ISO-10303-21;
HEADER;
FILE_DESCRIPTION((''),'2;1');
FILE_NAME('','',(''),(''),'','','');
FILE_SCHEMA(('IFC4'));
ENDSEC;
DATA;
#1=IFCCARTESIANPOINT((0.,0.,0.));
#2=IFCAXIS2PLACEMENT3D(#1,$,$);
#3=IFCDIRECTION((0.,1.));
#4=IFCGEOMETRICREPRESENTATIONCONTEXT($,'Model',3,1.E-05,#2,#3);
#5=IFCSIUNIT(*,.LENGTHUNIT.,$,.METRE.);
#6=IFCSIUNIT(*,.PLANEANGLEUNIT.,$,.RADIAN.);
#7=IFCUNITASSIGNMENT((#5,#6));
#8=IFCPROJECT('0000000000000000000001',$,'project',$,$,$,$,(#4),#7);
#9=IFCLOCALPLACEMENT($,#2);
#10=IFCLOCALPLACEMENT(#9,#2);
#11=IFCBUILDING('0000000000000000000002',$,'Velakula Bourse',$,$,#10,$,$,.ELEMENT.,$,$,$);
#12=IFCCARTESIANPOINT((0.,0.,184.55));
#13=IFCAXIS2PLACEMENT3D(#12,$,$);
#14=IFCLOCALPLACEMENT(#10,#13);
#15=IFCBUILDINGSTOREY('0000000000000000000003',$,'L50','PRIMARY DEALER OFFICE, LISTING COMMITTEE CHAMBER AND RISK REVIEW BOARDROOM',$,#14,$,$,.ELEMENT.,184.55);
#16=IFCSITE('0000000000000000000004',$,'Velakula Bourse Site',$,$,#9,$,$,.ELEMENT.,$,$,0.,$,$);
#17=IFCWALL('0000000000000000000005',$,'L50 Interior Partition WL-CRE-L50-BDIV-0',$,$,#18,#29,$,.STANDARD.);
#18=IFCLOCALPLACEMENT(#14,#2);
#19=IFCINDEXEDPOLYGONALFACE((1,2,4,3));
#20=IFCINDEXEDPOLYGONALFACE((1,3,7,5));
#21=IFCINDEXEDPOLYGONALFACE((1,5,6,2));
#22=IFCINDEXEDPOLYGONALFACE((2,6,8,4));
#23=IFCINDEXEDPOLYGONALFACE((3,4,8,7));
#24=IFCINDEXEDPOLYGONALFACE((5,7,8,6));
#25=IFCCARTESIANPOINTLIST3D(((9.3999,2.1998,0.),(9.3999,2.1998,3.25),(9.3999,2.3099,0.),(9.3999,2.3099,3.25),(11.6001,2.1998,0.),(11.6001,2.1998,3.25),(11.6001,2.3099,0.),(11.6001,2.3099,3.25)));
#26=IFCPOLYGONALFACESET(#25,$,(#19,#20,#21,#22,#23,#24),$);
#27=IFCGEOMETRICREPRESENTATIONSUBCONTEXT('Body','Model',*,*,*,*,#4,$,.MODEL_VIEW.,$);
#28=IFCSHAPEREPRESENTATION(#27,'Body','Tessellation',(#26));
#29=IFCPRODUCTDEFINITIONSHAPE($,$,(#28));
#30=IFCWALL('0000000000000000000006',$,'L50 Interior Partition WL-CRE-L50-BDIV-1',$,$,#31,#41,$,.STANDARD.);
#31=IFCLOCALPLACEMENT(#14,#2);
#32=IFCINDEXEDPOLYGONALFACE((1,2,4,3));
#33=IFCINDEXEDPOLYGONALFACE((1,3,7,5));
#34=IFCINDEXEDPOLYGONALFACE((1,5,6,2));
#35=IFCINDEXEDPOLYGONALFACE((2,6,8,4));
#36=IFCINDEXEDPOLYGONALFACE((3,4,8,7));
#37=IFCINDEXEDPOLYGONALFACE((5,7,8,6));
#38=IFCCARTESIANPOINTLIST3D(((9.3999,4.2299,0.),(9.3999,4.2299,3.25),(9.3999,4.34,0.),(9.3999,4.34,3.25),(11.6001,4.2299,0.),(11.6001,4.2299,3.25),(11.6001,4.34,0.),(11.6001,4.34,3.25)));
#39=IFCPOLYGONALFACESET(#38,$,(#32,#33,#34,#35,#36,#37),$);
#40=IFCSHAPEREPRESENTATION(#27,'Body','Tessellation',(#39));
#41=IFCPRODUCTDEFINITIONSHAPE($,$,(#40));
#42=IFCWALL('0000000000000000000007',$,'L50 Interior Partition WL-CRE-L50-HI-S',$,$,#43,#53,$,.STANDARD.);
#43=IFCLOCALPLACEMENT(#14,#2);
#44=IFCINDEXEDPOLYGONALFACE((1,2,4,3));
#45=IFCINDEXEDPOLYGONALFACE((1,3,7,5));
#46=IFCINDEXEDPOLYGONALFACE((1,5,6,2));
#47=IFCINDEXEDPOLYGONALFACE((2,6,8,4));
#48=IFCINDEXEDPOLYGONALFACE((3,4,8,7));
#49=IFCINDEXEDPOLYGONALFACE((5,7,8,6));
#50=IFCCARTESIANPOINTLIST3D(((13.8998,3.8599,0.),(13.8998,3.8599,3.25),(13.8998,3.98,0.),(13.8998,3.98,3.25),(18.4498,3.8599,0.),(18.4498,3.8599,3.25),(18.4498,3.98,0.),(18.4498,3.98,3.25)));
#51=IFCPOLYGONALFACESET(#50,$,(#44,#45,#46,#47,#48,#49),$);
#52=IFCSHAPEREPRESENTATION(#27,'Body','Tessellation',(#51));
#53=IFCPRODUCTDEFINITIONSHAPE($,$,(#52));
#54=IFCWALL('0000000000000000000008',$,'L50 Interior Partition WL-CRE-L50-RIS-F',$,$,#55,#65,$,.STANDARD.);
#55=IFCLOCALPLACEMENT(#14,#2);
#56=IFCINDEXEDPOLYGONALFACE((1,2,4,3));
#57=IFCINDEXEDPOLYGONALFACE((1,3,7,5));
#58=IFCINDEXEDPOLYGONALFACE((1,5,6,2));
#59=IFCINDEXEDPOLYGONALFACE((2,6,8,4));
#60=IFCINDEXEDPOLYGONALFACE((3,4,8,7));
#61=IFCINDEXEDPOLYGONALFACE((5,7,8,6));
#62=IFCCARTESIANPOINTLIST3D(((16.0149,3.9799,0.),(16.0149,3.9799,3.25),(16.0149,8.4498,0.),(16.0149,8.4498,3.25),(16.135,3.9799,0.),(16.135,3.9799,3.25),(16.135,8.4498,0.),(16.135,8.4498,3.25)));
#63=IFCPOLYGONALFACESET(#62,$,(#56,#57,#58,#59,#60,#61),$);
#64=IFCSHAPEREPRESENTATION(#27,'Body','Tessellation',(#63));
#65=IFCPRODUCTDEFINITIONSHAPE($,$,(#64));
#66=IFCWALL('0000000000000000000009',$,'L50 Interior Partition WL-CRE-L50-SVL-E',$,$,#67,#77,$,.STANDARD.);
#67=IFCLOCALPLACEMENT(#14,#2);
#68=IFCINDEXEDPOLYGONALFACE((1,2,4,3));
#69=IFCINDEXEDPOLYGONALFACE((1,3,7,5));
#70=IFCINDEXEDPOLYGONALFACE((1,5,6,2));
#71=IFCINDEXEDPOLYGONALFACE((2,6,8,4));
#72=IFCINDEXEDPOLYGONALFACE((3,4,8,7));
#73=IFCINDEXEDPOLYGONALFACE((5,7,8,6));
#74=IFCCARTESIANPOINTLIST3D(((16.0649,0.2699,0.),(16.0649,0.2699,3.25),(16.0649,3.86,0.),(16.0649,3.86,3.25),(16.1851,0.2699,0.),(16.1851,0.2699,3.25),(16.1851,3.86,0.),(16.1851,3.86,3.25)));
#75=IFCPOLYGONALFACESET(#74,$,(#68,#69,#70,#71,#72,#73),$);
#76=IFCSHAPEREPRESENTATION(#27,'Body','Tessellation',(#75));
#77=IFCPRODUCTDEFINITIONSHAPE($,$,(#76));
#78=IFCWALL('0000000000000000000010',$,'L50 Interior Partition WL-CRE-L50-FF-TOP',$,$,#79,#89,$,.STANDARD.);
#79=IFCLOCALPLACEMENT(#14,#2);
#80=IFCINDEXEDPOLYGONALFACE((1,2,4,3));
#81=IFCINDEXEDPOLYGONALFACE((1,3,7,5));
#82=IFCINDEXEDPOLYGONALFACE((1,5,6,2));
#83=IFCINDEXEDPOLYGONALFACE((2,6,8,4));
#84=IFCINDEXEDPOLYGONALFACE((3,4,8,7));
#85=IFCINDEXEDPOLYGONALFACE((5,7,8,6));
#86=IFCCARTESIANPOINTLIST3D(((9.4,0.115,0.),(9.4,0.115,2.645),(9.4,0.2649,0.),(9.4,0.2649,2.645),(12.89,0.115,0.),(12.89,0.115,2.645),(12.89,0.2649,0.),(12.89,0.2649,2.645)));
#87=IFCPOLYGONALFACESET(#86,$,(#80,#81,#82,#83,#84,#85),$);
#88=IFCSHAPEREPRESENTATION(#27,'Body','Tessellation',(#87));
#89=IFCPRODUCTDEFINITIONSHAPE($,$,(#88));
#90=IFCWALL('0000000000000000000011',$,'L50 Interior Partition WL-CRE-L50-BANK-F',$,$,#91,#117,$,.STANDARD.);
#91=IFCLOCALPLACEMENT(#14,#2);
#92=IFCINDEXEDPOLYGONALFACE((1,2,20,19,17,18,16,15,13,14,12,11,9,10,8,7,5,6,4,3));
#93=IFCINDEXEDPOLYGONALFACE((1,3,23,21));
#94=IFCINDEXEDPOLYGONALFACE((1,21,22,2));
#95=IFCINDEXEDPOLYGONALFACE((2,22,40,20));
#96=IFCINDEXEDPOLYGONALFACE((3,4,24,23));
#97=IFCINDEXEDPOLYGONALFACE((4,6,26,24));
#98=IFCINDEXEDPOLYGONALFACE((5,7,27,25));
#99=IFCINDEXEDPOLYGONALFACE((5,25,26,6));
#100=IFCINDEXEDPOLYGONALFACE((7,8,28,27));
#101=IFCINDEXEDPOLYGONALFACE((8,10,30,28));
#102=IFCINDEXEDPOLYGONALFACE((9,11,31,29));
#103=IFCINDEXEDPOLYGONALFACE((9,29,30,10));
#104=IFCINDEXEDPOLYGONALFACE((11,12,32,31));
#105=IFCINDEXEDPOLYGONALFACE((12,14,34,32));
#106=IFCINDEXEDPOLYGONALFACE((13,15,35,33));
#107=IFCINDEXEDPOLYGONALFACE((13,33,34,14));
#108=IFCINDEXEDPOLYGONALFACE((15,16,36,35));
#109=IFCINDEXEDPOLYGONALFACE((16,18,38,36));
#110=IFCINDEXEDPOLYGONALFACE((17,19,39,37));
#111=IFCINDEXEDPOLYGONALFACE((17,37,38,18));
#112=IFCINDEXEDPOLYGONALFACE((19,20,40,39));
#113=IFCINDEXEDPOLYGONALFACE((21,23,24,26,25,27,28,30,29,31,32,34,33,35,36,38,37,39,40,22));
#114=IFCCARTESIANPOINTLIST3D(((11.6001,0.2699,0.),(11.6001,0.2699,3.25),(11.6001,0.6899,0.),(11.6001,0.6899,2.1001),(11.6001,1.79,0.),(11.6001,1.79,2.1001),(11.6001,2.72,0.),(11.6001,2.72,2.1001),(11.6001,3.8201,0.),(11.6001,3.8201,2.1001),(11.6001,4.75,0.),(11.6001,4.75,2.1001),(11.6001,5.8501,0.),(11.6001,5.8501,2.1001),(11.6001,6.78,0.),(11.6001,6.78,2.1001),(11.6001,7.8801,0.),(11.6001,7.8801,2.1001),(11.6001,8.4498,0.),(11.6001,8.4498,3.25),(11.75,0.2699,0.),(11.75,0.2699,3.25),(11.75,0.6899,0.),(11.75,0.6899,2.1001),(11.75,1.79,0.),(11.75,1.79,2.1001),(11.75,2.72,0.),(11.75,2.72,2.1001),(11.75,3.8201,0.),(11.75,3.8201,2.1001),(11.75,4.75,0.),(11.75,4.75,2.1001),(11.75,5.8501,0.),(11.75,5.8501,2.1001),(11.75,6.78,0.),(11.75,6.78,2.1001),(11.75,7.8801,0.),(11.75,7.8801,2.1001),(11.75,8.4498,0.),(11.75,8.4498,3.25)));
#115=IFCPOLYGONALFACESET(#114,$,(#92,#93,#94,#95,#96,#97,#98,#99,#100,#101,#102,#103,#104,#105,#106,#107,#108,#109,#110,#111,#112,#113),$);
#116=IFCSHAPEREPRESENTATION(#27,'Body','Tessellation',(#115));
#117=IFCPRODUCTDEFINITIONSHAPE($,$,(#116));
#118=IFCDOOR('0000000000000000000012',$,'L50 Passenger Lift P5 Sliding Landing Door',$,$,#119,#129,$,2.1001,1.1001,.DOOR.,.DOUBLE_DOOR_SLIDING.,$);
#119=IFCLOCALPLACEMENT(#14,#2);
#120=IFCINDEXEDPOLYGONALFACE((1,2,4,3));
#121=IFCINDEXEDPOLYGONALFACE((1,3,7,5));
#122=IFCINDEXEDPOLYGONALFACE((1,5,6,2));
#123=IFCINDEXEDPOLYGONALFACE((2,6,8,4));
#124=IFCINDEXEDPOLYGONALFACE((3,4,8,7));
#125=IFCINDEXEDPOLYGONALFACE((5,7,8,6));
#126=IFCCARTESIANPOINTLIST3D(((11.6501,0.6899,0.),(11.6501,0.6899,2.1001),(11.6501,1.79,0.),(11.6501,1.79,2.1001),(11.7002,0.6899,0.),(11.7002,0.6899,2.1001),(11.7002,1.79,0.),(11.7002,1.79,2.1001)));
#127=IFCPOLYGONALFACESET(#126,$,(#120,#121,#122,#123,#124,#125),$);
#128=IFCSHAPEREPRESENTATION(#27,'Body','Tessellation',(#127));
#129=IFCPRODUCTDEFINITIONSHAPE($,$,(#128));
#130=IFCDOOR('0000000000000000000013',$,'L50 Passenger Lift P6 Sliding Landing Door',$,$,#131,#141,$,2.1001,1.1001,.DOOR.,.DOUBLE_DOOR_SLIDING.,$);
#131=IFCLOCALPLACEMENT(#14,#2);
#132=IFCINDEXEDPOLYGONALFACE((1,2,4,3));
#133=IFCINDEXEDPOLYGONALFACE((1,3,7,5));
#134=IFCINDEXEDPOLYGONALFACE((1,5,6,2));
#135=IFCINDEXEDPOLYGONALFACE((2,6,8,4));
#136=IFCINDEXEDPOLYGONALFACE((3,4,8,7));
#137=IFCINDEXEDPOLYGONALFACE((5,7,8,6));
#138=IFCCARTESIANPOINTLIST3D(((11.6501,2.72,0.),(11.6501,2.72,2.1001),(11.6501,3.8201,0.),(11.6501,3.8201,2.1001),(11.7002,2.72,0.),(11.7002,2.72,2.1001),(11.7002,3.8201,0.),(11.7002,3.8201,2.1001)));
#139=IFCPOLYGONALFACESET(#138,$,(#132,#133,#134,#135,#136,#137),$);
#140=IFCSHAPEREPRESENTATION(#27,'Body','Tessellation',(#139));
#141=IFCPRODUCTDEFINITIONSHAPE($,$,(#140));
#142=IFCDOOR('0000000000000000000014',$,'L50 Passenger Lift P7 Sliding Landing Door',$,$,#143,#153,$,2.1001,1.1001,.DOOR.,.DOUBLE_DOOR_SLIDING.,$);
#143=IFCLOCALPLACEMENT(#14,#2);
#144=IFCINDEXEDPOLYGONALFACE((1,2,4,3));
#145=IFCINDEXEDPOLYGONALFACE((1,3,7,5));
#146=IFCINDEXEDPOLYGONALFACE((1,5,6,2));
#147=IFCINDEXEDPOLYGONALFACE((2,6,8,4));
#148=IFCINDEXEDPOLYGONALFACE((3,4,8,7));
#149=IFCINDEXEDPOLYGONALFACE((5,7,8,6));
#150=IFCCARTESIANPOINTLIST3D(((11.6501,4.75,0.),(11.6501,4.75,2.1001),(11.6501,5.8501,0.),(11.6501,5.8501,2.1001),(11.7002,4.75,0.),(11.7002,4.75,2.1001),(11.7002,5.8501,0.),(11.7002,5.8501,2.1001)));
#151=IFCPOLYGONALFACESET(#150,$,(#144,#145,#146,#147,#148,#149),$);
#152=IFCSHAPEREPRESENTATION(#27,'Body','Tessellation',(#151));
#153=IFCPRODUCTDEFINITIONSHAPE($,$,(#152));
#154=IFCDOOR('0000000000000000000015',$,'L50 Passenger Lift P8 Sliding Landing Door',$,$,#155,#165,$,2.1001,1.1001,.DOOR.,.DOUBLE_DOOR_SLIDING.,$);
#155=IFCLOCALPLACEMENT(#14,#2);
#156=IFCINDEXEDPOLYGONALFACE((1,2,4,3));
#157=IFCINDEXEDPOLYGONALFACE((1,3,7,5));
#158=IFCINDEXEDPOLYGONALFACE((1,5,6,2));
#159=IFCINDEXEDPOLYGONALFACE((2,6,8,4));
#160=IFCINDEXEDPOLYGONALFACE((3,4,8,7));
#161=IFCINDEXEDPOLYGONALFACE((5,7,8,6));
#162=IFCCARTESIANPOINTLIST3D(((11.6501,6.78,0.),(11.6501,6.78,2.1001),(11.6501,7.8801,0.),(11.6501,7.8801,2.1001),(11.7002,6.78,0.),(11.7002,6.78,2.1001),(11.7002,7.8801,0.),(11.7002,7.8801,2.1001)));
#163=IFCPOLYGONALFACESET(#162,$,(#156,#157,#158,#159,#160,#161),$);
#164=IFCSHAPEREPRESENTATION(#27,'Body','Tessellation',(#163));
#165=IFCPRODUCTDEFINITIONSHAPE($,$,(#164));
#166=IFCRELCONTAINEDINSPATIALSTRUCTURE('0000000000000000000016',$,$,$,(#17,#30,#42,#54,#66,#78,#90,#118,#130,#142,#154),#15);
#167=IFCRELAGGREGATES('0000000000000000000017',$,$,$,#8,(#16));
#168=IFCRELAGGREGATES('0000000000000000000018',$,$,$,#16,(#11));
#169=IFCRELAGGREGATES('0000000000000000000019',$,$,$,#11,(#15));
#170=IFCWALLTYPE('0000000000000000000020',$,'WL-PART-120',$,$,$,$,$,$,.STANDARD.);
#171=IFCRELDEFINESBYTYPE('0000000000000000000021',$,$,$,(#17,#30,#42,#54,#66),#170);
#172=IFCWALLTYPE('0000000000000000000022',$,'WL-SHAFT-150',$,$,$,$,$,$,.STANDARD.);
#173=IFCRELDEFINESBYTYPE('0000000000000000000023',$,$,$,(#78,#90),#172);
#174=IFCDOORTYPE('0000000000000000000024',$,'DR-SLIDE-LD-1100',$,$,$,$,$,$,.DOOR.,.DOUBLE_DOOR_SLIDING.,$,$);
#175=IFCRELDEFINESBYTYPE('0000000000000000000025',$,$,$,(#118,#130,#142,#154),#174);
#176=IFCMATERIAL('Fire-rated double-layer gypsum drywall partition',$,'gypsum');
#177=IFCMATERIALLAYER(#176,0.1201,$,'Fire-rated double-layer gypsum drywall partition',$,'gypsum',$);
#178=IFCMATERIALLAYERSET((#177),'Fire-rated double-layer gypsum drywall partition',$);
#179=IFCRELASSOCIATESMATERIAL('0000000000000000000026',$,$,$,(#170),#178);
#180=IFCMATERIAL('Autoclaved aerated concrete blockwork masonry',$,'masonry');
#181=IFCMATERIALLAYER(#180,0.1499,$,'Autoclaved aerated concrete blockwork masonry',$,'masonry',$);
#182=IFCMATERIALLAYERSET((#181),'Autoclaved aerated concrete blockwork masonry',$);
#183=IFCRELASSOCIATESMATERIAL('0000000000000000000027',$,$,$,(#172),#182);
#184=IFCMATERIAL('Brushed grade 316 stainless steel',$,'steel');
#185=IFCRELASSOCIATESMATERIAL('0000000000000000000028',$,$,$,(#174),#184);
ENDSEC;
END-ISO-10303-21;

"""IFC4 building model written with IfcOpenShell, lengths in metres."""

from ifc_helpers import new_model, si_unit, direction, frame, frame_2d, origin, place, context, subcontext, project, spatial, rectangle, extrude, material, layer, layer_set, type_object, element, fill, save


model = new_model("IFC4")

# Units and contexts
model_context = context("Model", 3, precision=1e-05, world=origin(), true_north=direction((0.0, 1.0)))
body_context = subcontext(model_context, "Body", "Model", "MODEL_VIEW")
ifc_project = project(units=[si_unit("LENGTHUNIT", "METRE"), si_unit("PLANEANGLEUNIT", "RADIAN")], contexts=[model_context])

# Site, building, storey
site_placement = place(None, origin())
site = spatial("IfcSite", under=ifc_project, at=site_placement, Name="Velakula Bourse Site", CompositionType="ELEMENT", RefElevation=0.0)
building_placement = place(site_placement, origin())
building = spatial("IfcBuilding", under=site, at=building_placement, Name="Velakula Bourse", CompositionType="ELEMENT")
storey_placement = place(building_placement, frame((0.0, 0.0, 184.55)))
storey = spatial("IfcBuildingStorey", under=building, at=storey_placement, Name="L50", Description="PRIMARY DEALER OFFICE, LISTING COMMITTEE CHAMBER AND RISK REVIEW BOARDROOM", CompositionType="ELEMENT", Elevation=184.55)

# Shared definitions
ifc_material_1 = material(Name="Fire-rated double-layer gypsum drywall partition", Category="gypsum")
ifc_layer_1 = layer(ifc_material_1, 0.1201, Name="Fire-rated double-layer gypsum drywall partition", Category="gypsum")
ifc_layer_set_1 = layer_set([ifc_layer_1], Name="Fire-rated double-layer gypsum drywall partition")
wall_type_1 = type_object("IfcWallType", Name="WL-PART-120", PredefinedType="STANDARD", material=ifc_layer_set_1)

# Walls
for number, where, z_axis, x_axis, name in (
    (1, (9.3999, 2.2549, 0.0), (0.0, 0.0, 1.0), (1.0, 0.0, 0.0), "L50 Interior Partition WL-CRE-L50-BDIV-0"),
    (2, (9.3999, 4.2849, 0.0), (0.0, 0.0, 1.0), (1.0, 0.0, 0.0), "L50 Interior Partition WL-CRE-L50-BDIV-1"),
):
    element("IfcWall", number, at=place(storey_placement, frame(where, z_axis=z_axis, x_axis=x_axis)), inside=storey, type_object=wall_type_1, Name=name, PredefinedType="STANDARD", context=body_context, shape_type="SweptSolid", body=[
        extrude(rectangle(XDim=2.2002, YDim=0.1101, at=frame_2d((1.1001, 0.0))), origin(), (0.0, 0.0, 1.0), 3.25),
    ])
wall_1_placement = place(storey_placement, frame((13.8999, 3.9199, 0.0), z_axis=(0.0, 0.0, 1.0), x_axis=(1.0, 0.0, 0.0)))
element("IfcWall", 3, at=wall_1_placement, inside=storey, type_object=wall_type_1, Name="L50 Interior Partition WL-CRE-L50-HI-S", PredefinedType="STANDARD", context=body_context, shape_type="SweptSolid", body=[
    extrude(rectangle(XDim=4.55, YDim=0.1201, at=frame_2d((2.2749, 0.0))), origin(), (0.0, 0.0, 1.0), 3.25),
])
wall_2_placement = place(storey_placement, frame((16.075, 3.98, 0.0), z_axis=(0.0, 0.0, 1.0), x_axis=(0.0, 1.0, 0.0)))
element("IfcWall", 4, at=wall_2_placement, inside=storey, type_object=wall_type_1, Name="L50 Interior Partition WL-CRE-L50-RIS-F", PredefinedType="STANDARD", context=body_context, shape_type="SweptSolid", body=[
    extrude(rectangle(XDim=4.47, YDim=0.1201, at=frame_2d((2.2349, 0.0))), origin(), (0.0, 0.0, 1.0), 3.25),
])
wall_3_placement = place(storey_placement, frame((16.125, 0.27, 0.0), z_axis=(0.0, 0.0, 1.0), x_axis=(0.0, 1.0, 0.0)))
element("IfcWall", 5, at=wall_3_placement, inside=storey, type_object=wall_type_1, Name="L50 Interior Partition WL-CRE-L50-SVL-E", PredefinedType="STANDARD", context=body_context, shape_type="SweptSolid", body=[
    extrude(rectangle(XDim=3.5901, YDim=0.1201, at=frame_2d((1.7949, 0.0))), origin(), (0.0, 0.0, 1.0), 3.25),
])
ifc_material_2 = material(Name="Autoclaved aerated concrete blockwork masonry", Category="masonry")
ifc_layer_2 = layer(ifc_material_2, 0.1499, Name="Autoclaved aerated concrete blockwork masonry", Category="masonry")
ifc_layer_set_2 = layer_set([ifc_layer_2], Name="Autoclaved aerated concrete blockwork masonry")
wall_type_2 = type_object("IfcWallType", Name="WL-SHAFT-150", PredefinedType="STANDARD", material=ifc_layer_set_2)
wall_4_placement = place(storey_placement, frame((9.3999, 0.1899, 0.0), z_axis=(0.0, 0.0, 1.0), x_axis=(1.0, 0.0, 0.0)))
element("IfcWall", 6, at=wall_4_placement, inside=storey, type_object=wall_type_2, Name="L50 Interior Partition WL-CRE-L50-FF-TOP", PredefinedType="STANDARD", context=body_context, shape_type="SweptSolid", body=[
    extrude(rectangle(XDim=3.49, YDim=0.1499, at=frame_2d((1.7451, 0.0))), origin(), (0.0, 0.0, 1.0), 2.645),
])

# Wall, openings, doors
wall_5_placement = place(storey_placement, frame((11.675, 0.27, 0.0), z_axis=(0.0, 0.0, 1.0), x_axis=(0.0, 1.0, 0.0)))
wall_5 = element("IfcWall", 7, at=wall_5_placement, inside=storey, type_object=wall_type_2, Name="L50 Interior Partition WL-CRE-L50-BANK-F", PredefinedType="STANDARD", context=body_context, shape_type="SweptSolid", body=[
    extrude(rectangle(XDim=8.1799, YDim=0.1499, at=frame_2d((4.0898, 0.0))), origin(), (0.0, 0.0, 1.0), 3.25),
])
opening_1_placement = place(wall_5_placement, frame((0.4199, 0.0, 0.0)))
opening_1 = element("IfcOpeningElement", 8, at=opening_1_placement, cuts=wall_5, PredefinedType="OPENING", context=body_context, shape_type="SweptSolid", body=[
    extrude(rectangle(XDim=1.1001, YDim=2.1001, at=frame_2d((0.55, 1.05))), frame((0.0, 0.085, 0.0), z_axis=(0.0, -1.0, 0.0), x_axis=(1.0, 0.0, 0.0)), (0.0, 0.0, 1.0), 0.1699),
])
opening_2_placement = place(wall_5_placement, frame((2.45, 0.0, 0.0)))
opening_2 = element("IfcOpeningElement", 9, at=opening_2_placement, cuts=wall_5, PredefinedType="OPENING", context=body_context, shape_type="SweptSolid", body=[
    extrude(rectangle(XDim=1.1001, YDim=2.1001, at=frame_2d((0.55, 1.05))), frame((0.0, 0.085, 0.0), z_axis=(0.0, -1.0, 0.0), x_axis=(1.0, 0.0, 0.0)), (0.0, 0.0, 1.0), 0.1699),
])
opening_3_placement = place(wall_5_placement, frame((4.48, 0.0, 0.0)))
opening_3 = element("IfcOpeningElement", 10, at=opening_3_placement, cuts=wall_5, PredefinedType="OPENING", context=body_context, shape_type="SweptSolid", body=[
    extrude(rectangle(XDim=1.1001, YDim=2.1001, at=frame_2d((0.55, 1.05))), frame((0.0, 0.085, 0.0), z_axis=(0.0, -1.0, 0.0), x_axis=(1.0, 0.0, 0.0)), (0.0, 0.0, 1.0), 0.1699),
])
opening_4_placement = place(wall_5_placement, frame((6.51, 0.0, 0.0)))
opening_4 = element("IfcOpeningElement", 11, at=opening_4_placement, cuts=wall_5, PredefinedType="OPENING", context=body_context, shape_type="SweptSolid", body=[
    extrude(rectangle(XDim=1.1001, YDim=2.1001, at=frame_2d((0.55, 1.05))), frame((0.0, 0.085, 0.0), z_axis=(0.0, -1.0, 0.0), x_axis=(1.0, 0.0, 0.0)), (0.0, 0.0, 1.0), 0.1699),
])
ifc_material_3 = material(Name="Brushed grade 316 stainless steel", Category="steel")
door_type_1 = type_object("IfcDoorType", Name="DR-SLIDE-LD-1100", OperationType="DOUBLE_DOOR_SLIDING", PredefinedType="DOOR", material=ifc_material_3)
door_1_placement = place(opening_1_placement, origin())
door_1 = element("IfcDoor", 12, at=door_1_placement, inside=storey, type_object=door_type_1, Name="L50 Passenger Lift P5 Sliding Landing Door", OperationType="DOUBLE_DOOR_SLIDING", OverallHeight=2.1001, OverallWidth=1.1001, PredefinedType="DOOR", context=body_context, shape_type="SweptSolid", body=[
    extrude(rectangle(XDim=1.1001, YDim=2.1001, at=frame_2d((0.55, 1.05))), frame((0.0, 0.0249, 0.0), z_axis=(0.0, -1.0, 0.0), x_axis=(1.0, 0.0, 0.0)), (0.0, 0.0, 1.0), 0.05),
])
fill(opening_1, door_1)
door_2_placement = place(opening_2_placement, origin())
door_2 = element("IfcDoor", 13, at=door_2_placement, inside=storey, type_object=door_type_1, Name="L50 Passenger Lift P6 Sliding Landing Door", OperationType="DOUBLE_DOOR_SLIDING", OverallHeight=2.1001, OverallWidth=1.1001, PredefinedType="DOOR", context=body_context, shape_type="SweptSolid", body=[
    extrude(rectangle(XDim=1.1001, YDim=2.1001, at=frame_2d((0.55, 1.05))), frame((0.0, 0.0249, 0.0), z_axis=(0.0, -1.0, 0.0), x_axis=(1.0, 0.0, 0.0)), (0.0, 0.0, 1.0), 0.05),
])
fill(opening_2, door_2)
door_3_placement = place(opening_3_placement, origin())
door_3 = element("IfcDoor", 14, at=door_3_placement, inside=storey, type_object=door_type_1, Name="L50 Passenger Lift P7 Sliding Landing Door", OperationType="DOUBLE_DOOR_SLIDING", OverallHeight=2.1001, OverallWidth=1.1001, PredefinedType="DOOR", context=body_context, shape_type="SweptSolid", body=[
    extrude(rectangle(XDim=1.1001, YDim=2.1001, at=frame_2d((0.55, 1.05))), frame((0.0, 0.0249, 0.0), z_axis=(0.0, -1.0, 0.0), x_axis=(1.0, 0.0, 0.0)), (0.0, 0.0, 1.0), 0.05),
])
fill(opening_3, door_3)
door_4_placement = place(opening_4_placement, origin())
door_4 = element("IfcDoor", 15, at=door_4_placement, inside=storey, type_object=door_type_1, Name="L50 Passenger Lift P8 Sliding Landing Door", OperationType="DOUBLE_DOOR_SLIDING", OverallHeight=2.1001, OverallWidth=1.1001, PredefinedType="DOOR", context=body_context, shape_type="SweptSolid", body=[
    extrude(rectangle(XDim=1.1001, YDim=2.1001, at=frame_2d((0.55, 1.05))), frame((0.0, 0.0249, 0.0), z_axis=(0.0, -1.0, 0.0), x_axis=(1.0, 0.0, 0.0)), (0.0, 0.0, 1.0), 0.05),
])
fill(opening_4, door_4)

save(model, "model.ifc")
